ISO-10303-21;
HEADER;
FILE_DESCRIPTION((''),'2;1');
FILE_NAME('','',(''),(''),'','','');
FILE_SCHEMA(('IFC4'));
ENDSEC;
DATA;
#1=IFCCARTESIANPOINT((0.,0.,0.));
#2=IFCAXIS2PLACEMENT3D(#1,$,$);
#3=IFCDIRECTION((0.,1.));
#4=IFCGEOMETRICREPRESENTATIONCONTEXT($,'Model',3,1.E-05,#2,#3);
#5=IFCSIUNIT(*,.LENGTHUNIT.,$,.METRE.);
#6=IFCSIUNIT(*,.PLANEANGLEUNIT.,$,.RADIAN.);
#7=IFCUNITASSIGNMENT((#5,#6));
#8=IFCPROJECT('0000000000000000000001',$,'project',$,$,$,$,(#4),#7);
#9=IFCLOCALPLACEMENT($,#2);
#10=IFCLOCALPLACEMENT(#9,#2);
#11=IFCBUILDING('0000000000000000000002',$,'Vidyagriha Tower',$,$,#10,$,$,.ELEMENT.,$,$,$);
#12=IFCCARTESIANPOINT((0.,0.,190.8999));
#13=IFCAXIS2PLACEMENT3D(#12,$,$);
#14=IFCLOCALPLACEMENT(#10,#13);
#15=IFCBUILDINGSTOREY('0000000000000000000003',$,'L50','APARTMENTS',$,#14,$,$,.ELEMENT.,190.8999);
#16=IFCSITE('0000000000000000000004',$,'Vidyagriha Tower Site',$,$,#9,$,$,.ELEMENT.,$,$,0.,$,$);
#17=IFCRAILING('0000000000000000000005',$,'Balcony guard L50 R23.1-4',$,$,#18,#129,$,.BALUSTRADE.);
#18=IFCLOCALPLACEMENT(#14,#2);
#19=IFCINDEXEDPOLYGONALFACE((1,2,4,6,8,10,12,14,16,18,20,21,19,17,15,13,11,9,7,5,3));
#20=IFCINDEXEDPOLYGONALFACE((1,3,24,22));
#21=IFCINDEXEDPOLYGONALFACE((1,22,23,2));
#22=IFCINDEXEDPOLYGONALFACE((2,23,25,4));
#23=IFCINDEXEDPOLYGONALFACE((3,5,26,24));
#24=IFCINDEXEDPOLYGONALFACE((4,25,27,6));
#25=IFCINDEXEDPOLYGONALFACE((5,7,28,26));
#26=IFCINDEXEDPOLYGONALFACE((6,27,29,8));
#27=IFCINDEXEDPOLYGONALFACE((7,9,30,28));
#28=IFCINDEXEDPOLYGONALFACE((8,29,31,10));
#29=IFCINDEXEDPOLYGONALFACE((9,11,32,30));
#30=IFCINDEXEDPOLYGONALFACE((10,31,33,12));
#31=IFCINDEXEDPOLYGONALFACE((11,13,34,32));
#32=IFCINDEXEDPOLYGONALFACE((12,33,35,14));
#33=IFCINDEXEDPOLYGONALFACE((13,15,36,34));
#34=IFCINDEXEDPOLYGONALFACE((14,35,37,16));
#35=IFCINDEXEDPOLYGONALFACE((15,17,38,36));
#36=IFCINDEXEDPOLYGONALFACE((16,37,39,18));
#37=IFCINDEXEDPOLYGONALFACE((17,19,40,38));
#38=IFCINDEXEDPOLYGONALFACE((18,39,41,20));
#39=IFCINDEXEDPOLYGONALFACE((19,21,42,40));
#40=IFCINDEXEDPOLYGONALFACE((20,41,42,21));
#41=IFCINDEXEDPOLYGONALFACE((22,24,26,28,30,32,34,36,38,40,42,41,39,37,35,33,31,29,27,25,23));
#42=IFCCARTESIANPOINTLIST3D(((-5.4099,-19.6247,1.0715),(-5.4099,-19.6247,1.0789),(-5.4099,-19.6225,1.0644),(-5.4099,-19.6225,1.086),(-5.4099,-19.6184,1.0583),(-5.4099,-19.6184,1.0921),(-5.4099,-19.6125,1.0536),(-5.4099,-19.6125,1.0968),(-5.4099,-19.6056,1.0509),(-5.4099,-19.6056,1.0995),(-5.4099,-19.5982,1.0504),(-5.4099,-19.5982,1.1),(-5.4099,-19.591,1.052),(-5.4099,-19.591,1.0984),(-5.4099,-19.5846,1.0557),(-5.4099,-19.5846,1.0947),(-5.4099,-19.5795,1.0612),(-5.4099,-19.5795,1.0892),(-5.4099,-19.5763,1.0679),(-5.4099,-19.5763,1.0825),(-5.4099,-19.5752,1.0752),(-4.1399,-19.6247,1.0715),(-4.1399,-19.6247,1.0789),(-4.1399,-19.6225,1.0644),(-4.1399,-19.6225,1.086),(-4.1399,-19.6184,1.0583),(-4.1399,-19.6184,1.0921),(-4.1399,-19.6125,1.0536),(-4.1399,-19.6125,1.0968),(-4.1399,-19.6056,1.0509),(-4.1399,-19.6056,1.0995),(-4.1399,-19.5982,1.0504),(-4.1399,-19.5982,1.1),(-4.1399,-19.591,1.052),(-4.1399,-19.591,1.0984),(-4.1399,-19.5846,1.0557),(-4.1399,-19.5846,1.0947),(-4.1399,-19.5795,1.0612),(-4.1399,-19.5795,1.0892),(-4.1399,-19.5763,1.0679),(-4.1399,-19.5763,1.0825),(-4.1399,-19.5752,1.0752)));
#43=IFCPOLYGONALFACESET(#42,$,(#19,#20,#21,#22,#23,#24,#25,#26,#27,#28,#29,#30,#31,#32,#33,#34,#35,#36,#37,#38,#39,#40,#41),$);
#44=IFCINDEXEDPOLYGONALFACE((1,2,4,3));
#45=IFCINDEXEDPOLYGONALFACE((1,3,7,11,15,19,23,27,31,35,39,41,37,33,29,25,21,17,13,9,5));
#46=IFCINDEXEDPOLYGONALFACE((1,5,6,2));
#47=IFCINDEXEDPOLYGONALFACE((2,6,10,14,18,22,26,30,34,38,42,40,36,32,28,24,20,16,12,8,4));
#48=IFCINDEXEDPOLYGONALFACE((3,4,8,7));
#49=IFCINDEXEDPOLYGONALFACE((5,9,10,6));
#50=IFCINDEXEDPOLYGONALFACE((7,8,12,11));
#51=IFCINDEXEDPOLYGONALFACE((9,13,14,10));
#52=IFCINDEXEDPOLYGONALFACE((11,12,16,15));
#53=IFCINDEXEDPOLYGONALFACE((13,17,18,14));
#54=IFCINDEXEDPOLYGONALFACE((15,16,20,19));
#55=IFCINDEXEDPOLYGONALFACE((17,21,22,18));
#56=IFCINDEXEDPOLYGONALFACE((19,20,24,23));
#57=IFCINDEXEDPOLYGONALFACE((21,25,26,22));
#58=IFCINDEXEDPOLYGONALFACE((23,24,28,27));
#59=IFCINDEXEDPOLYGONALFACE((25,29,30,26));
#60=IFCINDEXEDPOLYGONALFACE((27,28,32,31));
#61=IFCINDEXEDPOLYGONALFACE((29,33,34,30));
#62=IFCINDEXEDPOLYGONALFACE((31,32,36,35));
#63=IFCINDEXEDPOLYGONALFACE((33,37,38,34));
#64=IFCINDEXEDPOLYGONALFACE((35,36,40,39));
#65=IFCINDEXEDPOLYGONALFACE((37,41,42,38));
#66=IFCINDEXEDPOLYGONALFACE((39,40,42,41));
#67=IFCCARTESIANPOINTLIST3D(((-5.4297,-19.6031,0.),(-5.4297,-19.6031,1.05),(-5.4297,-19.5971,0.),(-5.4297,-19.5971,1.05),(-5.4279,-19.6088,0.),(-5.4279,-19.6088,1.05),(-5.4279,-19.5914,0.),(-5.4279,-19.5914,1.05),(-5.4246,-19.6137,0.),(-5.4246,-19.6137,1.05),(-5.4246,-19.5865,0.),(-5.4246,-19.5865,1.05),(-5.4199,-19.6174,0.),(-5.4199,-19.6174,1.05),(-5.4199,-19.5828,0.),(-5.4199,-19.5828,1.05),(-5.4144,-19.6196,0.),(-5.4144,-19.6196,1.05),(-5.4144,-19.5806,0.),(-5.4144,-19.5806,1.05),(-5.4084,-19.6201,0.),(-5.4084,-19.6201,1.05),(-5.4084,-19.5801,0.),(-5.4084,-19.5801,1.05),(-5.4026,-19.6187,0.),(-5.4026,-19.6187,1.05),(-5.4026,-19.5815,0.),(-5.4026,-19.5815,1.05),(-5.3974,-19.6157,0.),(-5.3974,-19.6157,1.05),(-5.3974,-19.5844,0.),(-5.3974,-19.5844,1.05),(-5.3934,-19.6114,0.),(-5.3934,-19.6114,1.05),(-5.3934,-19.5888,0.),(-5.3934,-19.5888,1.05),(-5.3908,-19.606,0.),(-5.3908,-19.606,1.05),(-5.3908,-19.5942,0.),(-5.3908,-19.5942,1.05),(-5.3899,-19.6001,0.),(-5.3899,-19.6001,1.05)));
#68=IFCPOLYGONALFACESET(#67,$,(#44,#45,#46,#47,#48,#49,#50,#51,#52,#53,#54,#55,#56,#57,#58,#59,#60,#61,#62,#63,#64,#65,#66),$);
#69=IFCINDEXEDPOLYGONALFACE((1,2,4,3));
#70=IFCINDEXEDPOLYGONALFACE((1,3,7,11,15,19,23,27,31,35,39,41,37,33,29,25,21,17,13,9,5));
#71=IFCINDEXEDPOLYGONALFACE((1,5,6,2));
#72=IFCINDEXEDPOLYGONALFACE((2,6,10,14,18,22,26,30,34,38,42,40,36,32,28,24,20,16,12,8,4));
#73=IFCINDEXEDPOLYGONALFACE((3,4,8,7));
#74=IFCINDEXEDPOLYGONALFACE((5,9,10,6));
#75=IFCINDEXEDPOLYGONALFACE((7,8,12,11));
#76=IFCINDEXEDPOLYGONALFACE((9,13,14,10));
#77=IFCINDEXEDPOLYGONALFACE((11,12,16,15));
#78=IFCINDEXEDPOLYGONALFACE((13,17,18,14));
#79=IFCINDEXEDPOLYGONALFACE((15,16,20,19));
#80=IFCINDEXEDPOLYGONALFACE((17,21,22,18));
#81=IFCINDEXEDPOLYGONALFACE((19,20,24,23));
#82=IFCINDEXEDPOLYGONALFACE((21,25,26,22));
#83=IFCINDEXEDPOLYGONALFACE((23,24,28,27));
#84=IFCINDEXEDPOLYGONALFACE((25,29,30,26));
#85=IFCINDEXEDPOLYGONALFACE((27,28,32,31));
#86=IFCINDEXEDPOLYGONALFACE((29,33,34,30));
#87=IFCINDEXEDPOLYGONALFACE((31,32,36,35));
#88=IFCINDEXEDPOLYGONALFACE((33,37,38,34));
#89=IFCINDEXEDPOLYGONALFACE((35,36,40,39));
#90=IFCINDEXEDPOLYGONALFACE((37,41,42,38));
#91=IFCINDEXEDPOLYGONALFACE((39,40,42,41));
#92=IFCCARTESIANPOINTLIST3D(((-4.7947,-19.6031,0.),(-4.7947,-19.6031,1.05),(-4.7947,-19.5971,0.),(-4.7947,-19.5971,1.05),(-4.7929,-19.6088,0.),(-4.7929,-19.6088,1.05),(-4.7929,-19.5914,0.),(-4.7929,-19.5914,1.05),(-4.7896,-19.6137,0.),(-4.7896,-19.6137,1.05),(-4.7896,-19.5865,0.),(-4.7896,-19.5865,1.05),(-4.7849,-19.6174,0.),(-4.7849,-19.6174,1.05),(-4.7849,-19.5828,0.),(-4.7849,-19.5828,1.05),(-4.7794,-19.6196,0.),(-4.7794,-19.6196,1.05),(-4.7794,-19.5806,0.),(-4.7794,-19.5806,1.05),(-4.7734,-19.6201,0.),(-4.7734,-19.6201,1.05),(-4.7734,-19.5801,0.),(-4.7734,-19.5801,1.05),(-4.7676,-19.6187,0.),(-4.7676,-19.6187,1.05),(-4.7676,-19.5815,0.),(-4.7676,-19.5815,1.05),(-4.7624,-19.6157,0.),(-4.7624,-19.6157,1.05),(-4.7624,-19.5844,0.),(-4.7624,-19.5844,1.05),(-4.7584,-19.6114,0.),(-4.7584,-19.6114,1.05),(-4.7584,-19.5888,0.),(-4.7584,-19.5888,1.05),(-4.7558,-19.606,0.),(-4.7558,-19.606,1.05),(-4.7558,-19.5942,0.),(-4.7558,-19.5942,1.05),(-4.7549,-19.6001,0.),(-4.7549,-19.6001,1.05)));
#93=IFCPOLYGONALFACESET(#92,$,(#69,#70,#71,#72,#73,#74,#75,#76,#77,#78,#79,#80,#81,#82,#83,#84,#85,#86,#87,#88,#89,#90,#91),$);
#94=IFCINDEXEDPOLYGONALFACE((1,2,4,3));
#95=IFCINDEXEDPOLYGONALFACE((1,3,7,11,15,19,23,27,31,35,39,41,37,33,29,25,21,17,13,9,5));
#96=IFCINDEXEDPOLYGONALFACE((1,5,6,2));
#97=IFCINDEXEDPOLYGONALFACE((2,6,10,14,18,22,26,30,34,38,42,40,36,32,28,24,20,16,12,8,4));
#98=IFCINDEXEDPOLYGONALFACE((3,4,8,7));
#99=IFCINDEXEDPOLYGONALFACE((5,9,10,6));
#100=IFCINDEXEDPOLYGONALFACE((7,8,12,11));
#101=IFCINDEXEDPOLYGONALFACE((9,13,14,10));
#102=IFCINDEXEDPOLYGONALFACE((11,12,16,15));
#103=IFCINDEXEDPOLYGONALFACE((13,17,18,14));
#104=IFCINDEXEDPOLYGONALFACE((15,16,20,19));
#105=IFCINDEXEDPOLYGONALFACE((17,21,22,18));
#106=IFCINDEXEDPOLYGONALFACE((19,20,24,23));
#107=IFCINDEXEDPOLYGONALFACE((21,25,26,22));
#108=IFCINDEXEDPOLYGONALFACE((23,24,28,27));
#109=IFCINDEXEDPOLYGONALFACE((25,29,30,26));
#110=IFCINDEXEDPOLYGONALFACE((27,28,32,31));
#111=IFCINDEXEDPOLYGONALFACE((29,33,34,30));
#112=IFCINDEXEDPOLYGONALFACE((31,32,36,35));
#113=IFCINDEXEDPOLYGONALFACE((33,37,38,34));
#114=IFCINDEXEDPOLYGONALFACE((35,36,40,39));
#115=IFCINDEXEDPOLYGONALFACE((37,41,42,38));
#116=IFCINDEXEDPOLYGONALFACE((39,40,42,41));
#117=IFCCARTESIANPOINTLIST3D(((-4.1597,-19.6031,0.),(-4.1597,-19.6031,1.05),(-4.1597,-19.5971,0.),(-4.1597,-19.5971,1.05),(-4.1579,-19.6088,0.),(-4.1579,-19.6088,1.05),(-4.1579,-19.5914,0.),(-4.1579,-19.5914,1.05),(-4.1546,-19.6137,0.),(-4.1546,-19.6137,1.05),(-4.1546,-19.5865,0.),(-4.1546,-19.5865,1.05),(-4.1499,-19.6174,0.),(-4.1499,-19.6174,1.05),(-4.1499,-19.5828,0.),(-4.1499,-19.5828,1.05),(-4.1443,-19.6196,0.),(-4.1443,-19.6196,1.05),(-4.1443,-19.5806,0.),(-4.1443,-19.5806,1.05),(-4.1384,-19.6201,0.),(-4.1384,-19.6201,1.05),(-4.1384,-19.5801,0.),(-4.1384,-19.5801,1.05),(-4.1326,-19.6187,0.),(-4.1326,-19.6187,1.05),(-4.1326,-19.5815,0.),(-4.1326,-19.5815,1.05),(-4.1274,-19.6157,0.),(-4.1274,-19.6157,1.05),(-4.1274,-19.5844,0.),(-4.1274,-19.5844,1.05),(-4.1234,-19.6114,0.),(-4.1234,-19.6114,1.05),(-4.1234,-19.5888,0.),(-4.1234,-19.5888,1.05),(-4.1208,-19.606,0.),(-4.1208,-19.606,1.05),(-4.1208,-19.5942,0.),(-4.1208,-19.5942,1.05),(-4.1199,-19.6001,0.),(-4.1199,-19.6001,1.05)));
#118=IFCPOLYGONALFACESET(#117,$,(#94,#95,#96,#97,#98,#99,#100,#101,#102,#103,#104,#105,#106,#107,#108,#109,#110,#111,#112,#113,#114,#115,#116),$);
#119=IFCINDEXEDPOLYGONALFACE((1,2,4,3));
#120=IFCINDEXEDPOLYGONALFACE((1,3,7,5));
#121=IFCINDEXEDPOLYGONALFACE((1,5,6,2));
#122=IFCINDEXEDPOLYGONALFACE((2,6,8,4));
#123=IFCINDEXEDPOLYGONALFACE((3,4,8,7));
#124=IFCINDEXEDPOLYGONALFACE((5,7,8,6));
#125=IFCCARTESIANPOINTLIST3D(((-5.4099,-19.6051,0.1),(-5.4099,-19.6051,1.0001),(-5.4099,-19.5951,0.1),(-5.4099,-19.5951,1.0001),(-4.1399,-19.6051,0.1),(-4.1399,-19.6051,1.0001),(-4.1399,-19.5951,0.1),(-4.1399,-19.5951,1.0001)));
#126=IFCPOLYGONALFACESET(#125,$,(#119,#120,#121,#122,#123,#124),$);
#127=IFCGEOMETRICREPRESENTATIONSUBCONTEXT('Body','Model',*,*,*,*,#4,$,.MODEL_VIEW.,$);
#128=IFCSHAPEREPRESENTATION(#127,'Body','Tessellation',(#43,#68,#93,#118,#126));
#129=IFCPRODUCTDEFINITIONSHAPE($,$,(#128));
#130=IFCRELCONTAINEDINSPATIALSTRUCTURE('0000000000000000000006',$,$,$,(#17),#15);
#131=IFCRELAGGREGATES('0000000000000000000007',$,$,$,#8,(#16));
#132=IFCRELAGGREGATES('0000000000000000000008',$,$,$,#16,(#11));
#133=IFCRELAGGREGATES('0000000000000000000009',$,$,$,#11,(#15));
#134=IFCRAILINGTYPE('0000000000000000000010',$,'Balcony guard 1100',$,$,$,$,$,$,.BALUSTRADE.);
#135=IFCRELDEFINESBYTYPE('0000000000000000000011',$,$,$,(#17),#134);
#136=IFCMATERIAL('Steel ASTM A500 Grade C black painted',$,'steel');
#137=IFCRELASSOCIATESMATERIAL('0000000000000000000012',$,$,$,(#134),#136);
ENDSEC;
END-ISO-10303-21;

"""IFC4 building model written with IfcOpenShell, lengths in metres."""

from ifc_helpers import new_model, si_unit, direction, frame, origin, origin_2d, place, context, subcontext, project, spatial, rectangle, circle, extrude, material, type_object, element, save


model = new_model("IFC4")

# Units and contexts
model_context = context("Model", 3, precision=1e-05, world=origin(), true_north=direction((0.0, 1.0)))
body_context = subcontext(model_context, "Body", "Model", "MODEL_VIEW")
ifc_project = project(units=[si_unit("LENGTHUNIT", "METRE"), si_unit("PLANEANGLEUNIT", "RADIAN")], contexts=[model_context])

# Site, building, storey
site_placement = place(None, origin())
site = spatial("IfcSite", under=ifc_project, at=site_placement, Name="Vidyagriha Tower Site", CompositionType="ELEMENT", RefElevation=0.0)
building_placement = place(site_placement, origin())
building = spatial("IfcBuilding", under=site, at=building_placement, Name="Vidyagriha Tower", CompositionType="ELEMENT")
storey_placement = place(building_placement, frame((0.0, 0.0, 190.8999)))
storey = spatial("IfcBuildingStorey", under=building, at=storey_placement, Name="L50", Description="APARTMENTS", CompositionType="ELEMENT", Elevation=190.8999)

# Railing
ifc_material_1 = material(Name="Steel ASTM A500 Grade C black painted", Category="steel")
railing_type = type_object("IfcRailingType", Name="Balcony guard 1100", PredefinedType="BALUSTRADE", material=ifc_material_1)
railing_1_placement = place(storey_placement, frame((-5.4099, -19.6001, 0.0)))
element("IfcRailing", 1, at=railing_1_placement, inside=storey, type_object=railing_type, Name="Balcony guard L50 R23.1-4", PredefinedType="BALUSTRADE", context=body_context, shape_type="SweptSolid", body=[
    extrude(circle(Radius=0.0249, at=origin_2d()), frame((0.0, 0.0, 1.0752), z_axis=(1.0, 0.0, 0.0), x_axis=(0.0, 1.0, 0.0)), (0.0, 0.0, 1.0), 1.27),
    extrude(circle(Radius=0.02, at=origin_2d()), origin(), (0.0, 0.0, 1.0), 1.05),
    extrude(circle(Radius=0.02, at=origin_2d()), frame((0.635, 0.0, 0.0)), (0.0, 0.0, 1.0), 1.05),
    extrude(circle(Radius=0.02, at=origin_2d()), frame((1.27, 0.0, 0.0)), (0.0, 0.0, 1.0), 1.05),
    extrude(rectangle(XDim=0.01, YDim=0.9001, at=origin_2d()), frame((0.0, 0.0, 0.55), z_axis=(1.0, 0.0, 0.0), x_axis=(0.0, 1.0, 0.0)), (0.0, 0.0, 1.0), 1.27),
])

save(model, "model.ifc")
